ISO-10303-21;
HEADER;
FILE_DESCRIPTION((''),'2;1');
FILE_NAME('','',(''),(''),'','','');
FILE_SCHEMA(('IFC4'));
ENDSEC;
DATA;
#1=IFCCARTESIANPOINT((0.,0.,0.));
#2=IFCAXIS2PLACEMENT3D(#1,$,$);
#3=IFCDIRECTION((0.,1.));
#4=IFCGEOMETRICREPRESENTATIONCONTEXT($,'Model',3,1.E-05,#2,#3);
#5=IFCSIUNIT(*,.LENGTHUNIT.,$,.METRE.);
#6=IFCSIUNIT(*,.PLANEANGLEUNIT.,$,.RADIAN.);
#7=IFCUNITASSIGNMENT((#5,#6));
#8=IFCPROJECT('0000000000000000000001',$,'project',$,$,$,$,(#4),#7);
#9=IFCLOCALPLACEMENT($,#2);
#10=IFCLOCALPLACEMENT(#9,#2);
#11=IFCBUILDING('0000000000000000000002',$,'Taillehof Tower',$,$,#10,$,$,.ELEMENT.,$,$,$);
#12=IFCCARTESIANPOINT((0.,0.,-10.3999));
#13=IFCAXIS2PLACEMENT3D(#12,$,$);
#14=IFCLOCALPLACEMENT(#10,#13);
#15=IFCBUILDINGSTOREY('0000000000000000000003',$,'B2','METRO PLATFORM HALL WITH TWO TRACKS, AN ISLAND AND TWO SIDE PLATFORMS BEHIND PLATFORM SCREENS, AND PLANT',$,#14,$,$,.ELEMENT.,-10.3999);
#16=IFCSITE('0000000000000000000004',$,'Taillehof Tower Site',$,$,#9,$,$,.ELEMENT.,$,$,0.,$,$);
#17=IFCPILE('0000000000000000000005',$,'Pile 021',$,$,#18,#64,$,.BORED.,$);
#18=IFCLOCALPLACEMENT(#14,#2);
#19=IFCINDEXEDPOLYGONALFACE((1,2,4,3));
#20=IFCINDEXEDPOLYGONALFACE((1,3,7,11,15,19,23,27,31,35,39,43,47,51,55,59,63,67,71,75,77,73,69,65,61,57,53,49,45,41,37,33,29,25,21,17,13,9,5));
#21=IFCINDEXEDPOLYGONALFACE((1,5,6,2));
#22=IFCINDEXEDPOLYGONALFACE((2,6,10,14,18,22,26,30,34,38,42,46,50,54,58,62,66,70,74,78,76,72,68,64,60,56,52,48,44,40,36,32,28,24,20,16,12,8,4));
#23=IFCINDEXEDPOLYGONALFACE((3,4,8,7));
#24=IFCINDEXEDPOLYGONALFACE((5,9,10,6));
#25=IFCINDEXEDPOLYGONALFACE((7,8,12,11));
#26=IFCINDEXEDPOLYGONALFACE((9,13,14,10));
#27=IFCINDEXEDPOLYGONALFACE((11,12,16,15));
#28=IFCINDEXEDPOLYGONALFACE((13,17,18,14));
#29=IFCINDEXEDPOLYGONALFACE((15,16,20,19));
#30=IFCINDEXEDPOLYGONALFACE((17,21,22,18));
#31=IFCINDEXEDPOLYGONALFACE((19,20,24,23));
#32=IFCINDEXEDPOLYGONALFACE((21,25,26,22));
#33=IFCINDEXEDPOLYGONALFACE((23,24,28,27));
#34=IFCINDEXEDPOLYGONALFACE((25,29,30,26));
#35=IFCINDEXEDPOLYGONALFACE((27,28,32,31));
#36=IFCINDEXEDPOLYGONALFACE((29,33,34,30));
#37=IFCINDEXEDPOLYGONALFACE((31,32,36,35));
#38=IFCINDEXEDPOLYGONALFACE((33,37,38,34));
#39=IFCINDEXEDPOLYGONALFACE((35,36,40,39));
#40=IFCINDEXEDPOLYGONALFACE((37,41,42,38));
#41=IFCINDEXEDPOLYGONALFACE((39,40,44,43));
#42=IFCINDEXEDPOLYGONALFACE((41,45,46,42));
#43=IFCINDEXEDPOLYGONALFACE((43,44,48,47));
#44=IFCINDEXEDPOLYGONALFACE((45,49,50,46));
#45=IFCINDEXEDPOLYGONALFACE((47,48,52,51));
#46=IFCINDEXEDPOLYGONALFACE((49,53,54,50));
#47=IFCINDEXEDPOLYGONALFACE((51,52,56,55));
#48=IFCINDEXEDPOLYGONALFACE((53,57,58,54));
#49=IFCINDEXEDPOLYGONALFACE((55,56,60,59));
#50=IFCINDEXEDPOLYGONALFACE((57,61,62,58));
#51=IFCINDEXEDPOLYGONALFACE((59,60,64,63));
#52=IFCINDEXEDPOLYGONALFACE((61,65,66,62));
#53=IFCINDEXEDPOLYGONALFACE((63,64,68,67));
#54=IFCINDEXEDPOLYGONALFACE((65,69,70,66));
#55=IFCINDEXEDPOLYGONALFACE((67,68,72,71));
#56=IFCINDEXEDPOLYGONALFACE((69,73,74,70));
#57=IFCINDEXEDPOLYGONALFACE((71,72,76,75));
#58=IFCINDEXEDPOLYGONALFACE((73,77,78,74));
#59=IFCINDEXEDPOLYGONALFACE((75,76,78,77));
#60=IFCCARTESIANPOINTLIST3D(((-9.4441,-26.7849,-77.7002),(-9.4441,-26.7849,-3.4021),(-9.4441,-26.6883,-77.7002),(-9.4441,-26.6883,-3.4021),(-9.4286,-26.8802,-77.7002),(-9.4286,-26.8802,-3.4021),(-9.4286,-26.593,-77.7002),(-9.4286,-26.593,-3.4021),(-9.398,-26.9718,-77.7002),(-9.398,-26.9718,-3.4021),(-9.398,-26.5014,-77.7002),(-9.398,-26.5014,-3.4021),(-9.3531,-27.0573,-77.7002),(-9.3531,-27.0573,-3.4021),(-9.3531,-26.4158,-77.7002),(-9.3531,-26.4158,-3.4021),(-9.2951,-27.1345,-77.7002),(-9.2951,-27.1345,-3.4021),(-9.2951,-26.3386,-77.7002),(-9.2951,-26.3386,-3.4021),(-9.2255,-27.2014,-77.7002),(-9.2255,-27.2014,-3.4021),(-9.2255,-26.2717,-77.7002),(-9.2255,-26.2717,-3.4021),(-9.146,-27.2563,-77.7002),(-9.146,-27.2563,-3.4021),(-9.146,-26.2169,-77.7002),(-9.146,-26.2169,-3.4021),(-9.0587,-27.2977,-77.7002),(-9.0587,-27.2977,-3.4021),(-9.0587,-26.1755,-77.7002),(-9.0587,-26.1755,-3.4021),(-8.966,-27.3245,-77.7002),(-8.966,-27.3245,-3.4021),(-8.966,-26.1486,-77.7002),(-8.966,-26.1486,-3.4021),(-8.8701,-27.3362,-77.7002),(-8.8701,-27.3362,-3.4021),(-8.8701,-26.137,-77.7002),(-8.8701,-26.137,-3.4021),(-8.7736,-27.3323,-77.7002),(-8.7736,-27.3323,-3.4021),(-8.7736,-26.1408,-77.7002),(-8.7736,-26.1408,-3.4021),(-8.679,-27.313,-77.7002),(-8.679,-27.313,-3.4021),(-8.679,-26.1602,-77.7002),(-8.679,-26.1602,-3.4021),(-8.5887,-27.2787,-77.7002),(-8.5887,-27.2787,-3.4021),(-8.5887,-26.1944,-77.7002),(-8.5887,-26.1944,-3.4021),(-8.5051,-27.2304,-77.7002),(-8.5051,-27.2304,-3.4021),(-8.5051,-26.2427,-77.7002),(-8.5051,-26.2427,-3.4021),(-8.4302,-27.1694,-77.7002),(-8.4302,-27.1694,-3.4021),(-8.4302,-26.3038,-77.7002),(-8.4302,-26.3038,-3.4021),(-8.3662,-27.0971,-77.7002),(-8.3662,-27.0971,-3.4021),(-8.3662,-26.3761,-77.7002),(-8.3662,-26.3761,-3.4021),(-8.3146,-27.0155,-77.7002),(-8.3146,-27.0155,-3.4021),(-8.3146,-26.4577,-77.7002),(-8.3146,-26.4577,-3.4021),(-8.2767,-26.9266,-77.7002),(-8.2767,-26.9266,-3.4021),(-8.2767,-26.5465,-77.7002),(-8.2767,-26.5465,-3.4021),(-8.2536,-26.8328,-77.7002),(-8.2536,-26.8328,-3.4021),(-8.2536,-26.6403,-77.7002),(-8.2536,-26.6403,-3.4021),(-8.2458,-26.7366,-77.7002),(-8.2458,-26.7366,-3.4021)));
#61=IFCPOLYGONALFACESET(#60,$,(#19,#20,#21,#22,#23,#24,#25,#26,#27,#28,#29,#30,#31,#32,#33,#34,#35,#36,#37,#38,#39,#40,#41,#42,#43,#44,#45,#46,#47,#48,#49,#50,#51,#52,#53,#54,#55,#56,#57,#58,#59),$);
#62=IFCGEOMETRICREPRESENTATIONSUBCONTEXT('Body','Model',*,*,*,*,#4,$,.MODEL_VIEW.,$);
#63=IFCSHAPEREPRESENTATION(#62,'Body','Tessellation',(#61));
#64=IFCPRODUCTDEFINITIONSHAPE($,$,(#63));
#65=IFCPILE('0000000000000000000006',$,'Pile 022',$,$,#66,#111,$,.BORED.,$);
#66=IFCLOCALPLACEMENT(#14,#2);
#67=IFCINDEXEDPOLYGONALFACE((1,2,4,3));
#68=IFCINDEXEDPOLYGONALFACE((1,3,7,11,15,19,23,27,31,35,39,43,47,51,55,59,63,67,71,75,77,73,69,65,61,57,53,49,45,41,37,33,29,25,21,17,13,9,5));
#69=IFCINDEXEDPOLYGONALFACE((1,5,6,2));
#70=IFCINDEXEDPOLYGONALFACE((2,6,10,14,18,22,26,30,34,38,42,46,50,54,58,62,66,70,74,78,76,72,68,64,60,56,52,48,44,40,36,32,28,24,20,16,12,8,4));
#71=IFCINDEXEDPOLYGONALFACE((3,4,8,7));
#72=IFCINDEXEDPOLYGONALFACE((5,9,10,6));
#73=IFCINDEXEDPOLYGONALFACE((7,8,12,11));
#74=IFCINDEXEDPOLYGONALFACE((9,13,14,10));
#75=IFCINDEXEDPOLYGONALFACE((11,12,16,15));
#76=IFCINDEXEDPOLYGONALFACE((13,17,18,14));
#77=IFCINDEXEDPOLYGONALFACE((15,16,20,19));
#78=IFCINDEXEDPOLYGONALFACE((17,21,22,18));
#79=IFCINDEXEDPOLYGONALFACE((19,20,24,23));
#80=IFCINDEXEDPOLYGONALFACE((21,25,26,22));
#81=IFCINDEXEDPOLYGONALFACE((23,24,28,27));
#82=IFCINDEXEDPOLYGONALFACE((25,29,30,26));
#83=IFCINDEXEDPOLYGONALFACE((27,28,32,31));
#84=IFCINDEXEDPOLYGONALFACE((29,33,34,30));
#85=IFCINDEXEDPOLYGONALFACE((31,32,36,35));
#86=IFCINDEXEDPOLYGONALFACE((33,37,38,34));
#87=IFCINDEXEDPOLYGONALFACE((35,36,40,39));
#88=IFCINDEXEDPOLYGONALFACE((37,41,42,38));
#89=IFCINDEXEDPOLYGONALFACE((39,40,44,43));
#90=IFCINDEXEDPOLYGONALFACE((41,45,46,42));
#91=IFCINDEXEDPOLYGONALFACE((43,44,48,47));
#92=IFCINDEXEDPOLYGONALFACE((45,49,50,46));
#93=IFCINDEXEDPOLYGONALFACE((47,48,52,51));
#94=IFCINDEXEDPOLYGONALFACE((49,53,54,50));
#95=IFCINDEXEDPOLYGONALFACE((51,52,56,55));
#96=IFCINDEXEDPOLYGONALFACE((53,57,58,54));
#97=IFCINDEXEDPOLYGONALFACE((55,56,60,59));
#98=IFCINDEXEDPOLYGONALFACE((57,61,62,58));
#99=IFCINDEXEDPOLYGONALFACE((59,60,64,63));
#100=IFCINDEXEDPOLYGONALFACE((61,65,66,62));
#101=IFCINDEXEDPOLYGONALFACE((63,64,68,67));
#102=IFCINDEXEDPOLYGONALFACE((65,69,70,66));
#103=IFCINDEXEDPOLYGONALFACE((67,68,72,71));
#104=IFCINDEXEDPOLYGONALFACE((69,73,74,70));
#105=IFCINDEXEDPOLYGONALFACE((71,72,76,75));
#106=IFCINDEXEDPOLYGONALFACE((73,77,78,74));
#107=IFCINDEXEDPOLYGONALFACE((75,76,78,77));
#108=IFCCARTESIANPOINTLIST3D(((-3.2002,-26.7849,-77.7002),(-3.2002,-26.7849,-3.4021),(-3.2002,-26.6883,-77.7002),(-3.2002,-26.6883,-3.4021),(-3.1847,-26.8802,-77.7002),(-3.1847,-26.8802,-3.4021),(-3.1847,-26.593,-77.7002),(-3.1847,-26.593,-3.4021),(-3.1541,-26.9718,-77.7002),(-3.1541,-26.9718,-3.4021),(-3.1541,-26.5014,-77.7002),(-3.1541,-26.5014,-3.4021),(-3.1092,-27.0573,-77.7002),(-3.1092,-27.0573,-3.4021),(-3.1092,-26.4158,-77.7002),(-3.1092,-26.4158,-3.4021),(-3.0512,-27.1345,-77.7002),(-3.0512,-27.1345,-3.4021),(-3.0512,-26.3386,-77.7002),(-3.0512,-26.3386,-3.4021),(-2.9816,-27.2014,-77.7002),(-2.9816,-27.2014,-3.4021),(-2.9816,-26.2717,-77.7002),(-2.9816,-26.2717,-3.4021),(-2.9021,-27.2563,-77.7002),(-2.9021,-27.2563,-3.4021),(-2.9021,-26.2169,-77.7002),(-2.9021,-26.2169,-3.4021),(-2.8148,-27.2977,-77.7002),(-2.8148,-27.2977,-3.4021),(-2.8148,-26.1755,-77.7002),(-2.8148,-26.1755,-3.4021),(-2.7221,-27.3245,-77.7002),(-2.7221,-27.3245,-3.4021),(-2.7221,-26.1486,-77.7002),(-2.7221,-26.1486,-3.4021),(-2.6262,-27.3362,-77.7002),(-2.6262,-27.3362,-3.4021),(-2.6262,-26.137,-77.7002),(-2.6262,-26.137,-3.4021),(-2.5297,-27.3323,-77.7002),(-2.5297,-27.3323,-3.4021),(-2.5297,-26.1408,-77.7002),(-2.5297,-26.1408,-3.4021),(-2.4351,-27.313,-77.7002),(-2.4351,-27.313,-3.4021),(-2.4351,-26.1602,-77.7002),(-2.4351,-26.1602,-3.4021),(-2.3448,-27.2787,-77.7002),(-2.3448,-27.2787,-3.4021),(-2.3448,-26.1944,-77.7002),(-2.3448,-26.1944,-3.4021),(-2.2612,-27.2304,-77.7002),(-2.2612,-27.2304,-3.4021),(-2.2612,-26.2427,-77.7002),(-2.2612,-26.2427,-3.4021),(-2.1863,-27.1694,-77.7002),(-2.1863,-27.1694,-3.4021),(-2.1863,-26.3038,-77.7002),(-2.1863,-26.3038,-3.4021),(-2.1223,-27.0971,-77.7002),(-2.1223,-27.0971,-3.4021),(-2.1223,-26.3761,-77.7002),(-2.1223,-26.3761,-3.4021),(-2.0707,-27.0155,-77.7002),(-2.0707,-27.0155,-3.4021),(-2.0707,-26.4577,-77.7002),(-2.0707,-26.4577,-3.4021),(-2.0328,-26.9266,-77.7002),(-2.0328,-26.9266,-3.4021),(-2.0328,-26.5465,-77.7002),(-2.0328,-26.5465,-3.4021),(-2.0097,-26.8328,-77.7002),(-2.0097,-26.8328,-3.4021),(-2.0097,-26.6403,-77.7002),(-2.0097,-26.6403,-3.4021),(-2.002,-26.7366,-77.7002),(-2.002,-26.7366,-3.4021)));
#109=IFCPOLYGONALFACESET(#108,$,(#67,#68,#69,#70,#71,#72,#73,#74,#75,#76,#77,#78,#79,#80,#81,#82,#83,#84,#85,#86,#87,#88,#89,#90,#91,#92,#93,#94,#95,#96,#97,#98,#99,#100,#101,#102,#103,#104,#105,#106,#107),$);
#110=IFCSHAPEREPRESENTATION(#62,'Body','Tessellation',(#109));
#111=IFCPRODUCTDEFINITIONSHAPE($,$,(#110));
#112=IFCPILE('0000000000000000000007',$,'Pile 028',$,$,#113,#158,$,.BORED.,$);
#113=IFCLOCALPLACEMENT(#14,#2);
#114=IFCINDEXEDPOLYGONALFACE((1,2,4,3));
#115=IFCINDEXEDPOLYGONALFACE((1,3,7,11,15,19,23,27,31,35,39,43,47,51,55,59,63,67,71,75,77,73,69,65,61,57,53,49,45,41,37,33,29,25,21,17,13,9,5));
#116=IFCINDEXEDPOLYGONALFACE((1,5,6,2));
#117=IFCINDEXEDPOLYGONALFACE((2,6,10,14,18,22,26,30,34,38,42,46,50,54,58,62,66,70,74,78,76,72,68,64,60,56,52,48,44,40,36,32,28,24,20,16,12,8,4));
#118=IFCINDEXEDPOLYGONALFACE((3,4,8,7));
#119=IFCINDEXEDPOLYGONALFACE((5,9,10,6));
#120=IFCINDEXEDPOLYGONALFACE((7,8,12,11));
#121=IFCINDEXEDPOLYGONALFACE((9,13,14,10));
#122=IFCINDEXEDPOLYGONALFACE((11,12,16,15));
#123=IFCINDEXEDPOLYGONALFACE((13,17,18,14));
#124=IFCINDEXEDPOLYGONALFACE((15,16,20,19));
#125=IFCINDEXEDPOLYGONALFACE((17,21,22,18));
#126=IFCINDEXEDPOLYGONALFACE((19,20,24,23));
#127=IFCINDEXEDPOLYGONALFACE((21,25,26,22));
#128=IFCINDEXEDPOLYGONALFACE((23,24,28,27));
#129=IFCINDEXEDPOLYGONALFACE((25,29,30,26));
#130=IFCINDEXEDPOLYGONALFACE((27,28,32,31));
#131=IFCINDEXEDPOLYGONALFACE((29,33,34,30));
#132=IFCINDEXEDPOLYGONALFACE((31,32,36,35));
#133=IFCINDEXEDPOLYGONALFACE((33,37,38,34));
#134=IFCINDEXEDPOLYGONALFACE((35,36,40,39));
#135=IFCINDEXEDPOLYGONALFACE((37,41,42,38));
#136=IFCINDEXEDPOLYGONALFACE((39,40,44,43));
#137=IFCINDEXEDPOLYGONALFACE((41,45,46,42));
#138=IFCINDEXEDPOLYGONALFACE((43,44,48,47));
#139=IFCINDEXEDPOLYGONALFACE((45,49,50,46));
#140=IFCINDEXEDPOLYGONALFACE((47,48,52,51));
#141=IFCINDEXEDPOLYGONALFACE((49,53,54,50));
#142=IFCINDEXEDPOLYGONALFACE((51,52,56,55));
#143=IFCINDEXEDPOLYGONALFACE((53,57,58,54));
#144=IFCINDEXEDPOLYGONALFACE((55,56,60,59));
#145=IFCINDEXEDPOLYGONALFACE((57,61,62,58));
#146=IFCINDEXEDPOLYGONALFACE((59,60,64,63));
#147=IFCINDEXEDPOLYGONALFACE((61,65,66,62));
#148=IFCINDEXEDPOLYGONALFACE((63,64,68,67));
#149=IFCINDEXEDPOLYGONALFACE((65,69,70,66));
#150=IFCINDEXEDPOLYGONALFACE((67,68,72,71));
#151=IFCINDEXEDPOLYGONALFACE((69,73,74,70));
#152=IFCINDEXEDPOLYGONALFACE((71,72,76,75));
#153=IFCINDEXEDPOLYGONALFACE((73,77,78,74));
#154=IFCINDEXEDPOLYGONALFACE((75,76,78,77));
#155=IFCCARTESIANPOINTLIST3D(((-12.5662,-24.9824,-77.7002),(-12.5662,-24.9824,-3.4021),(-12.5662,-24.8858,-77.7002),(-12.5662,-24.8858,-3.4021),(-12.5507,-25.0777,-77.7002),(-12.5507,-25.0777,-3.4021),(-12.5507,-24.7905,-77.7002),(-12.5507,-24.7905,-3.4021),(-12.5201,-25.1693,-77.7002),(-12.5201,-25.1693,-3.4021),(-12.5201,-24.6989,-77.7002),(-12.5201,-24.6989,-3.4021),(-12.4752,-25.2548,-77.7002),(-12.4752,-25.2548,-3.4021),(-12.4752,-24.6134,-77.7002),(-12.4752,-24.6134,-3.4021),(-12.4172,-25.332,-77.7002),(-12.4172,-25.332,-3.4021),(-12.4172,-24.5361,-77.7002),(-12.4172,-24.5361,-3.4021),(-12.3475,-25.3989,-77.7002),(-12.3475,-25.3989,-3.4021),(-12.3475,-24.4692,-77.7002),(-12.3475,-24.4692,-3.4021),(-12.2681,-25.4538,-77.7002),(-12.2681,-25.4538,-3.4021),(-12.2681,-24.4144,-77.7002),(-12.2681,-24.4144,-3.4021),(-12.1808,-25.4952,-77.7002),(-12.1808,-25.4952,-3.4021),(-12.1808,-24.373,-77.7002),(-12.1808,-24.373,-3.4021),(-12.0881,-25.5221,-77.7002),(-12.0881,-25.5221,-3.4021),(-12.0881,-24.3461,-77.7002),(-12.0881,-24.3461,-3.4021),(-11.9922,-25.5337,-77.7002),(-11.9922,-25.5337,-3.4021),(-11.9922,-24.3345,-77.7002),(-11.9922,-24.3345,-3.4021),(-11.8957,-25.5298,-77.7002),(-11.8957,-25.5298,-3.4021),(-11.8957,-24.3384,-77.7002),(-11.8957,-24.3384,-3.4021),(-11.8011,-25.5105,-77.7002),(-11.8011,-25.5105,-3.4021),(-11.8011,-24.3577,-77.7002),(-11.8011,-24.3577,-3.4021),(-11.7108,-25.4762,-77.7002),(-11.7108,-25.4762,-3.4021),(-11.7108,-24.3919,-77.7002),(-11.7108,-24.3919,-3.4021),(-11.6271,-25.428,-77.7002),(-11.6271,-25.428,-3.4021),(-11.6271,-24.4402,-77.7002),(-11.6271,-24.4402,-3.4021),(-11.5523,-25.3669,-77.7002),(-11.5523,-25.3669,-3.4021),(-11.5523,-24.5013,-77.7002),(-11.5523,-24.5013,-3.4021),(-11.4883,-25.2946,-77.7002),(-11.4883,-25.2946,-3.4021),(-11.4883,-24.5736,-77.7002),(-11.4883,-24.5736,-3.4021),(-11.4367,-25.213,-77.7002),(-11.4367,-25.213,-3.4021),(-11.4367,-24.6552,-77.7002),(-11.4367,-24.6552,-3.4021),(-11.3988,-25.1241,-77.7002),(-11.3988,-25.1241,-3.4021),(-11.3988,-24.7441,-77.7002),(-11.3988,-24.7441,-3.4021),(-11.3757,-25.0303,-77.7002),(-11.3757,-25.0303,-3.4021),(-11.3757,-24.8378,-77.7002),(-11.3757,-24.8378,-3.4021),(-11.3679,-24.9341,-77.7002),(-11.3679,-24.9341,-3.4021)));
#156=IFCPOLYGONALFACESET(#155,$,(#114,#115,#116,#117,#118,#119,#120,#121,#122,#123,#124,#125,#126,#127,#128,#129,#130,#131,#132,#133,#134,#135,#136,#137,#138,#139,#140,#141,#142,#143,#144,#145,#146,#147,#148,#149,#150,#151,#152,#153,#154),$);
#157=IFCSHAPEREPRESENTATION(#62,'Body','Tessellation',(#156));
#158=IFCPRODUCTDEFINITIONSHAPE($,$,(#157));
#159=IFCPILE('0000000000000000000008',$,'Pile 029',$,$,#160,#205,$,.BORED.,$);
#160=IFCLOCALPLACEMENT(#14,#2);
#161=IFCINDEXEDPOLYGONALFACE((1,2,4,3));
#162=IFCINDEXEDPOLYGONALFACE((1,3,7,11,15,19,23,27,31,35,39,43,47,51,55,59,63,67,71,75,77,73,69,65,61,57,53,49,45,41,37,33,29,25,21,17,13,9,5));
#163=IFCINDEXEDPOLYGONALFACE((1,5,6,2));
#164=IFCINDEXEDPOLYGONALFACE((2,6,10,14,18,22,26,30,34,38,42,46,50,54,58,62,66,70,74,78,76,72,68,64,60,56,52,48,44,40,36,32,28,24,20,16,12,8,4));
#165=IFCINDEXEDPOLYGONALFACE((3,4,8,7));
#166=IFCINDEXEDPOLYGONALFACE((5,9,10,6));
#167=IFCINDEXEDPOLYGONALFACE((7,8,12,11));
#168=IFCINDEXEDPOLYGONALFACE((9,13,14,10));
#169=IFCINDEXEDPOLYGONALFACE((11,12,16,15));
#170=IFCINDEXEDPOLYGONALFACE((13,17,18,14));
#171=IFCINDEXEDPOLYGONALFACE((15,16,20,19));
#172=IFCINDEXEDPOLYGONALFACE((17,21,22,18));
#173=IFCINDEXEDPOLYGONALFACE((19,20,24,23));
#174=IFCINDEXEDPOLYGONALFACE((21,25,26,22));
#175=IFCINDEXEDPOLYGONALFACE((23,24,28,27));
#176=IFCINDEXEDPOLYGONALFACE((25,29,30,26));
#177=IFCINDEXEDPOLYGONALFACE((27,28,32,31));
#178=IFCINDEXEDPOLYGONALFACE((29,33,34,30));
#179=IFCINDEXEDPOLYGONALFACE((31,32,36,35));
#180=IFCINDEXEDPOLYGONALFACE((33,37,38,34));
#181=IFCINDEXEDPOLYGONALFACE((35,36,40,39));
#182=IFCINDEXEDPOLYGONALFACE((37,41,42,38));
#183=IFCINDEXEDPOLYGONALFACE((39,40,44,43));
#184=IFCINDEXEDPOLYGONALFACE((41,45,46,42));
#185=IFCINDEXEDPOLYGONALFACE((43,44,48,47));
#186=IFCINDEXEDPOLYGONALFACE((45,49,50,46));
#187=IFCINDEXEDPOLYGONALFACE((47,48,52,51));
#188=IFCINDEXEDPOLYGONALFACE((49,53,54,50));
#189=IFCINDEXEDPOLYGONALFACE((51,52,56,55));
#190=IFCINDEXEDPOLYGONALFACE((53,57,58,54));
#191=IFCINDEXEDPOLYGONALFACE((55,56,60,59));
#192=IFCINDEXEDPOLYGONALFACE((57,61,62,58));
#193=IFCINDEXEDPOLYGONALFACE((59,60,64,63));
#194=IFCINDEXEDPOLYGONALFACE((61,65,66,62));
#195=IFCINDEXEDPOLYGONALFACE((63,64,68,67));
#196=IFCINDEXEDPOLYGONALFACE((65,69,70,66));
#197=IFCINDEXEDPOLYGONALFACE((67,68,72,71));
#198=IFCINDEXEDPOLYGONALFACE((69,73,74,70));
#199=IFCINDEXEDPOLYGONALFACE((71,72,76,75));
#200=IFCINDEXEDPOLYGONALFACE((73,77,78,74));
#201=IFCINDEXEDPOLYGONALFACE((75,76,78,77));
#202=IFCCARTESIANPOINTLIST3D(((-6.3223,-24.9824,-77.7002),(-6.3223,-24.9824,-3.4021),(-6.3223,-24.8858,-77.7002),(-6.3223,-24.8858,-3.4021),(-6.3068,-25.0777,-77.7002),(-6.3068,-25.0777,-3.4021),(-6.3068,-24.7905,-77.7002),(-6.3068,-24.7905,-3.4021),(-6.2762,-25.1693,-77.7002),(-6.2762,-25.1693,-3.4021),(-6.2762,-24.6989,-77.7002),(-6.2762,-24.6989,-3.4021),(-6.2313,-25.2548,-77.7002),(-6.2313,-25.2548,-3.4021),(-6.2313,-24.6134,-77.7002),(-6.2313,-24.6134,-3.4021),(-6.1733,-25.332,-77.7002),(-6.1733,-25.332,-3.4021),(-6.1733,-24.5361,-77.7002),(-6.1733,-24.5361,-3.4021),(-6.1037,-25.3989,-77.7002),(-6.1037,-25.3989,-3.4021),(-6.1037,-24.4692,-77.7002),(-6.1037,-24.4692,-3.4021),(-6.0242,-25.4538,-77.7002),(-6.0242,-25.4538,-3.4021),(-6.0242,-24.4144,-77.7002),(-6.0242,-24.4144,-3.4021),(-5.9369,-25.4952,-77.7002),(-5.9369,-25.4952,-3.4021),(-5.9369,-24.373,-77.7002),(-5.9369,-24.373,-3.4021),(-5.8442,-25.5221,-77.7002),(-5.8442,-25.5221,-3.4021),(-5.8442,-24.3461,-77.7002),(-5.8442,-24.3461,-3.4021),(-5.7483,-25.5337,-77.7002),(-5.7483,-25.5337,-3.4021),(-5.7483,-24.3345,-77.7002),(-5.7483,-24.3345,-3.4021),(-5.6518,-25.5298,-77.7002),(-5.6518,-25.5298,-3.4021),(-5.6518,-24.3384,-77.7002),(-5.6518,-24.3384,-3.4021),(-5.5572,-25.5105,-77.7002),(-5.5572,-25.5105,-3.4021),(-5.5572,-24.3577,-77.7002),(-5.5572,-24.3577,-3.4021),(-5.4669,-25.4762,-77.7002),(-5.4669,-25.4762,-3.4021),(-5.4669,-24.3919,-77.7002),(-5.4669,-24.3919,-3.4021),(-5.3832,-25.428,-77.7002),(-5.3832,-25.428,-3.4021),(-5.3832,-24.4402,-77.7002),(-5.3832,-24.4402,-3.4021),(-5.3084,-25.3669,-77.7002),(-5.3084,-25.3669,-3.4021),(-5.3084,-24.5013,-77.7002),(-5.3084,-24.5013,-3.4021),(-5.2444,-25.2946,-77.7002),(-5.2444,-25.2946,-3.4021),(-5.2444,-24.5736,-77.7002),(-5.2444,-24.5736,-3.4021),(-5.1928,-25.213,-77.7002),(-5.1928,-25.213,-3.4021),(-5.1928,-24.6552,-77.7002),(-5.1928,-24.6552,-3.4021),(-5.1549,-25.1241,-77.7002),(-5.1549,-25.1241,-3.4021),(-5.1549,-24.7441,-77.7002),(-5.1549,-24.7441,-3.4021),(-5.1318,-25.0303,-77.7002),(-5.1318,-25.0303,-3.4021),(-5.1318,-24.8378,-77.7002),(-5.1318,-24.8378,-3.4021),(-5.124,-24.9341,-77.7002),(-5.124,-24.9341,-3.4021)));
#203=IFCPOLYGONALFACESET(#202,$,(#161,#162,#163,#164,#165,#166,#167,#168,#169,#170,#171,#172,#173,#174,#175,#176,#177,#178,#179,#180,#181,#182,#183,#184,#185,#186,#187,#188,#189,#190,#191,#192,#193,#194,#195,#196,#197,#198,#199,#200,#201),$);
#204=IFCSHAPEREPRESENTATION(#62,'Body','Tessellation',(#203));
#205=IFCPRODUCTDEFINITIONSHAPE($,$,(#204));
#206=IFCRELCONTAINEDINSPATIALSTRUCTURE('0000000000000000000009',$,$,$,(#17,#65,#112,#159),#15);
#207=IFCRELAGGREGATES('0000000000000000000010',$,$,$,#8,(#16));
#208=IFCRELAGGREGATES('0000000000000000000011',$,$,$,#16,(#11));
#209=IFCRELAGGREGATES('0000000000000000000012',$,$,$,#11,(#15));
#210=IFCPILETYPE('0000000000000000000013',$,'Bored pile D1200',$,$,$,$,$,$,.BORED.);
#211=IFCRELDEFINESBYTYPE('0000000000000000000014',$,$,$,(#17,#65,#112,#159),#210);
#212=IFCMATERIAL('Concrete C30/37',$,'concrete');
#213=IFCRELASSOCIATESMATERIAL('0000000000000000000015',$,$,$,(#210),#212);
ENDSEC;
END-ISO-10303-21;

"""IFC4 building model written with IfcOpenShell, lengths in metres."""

from ifc_helpers import new_model, si_unit, direction, frame, origin, origin_2d, place, context, subcontext, project, spatial, circle, extrude, material, material_profile, profile_set, type_object, element, save


model = new_model("IFC4")

# Units and contexts
model_context = context("Model", 3, precision=1e-05, world=origin(), true_north=direction((0.0, 1.0)))
body_context = subcontext(model_context, "Body", "Model", "MODEL_VIEW")
ifc_project = project(units=[si_unit("LENGTHUNIT", "METRE"), si_unit("PLANEANGLEUNIT", "RADIAN")], contexts=[model_context])

# Site, building, storey
site_placement = place(None, origin())
site = spatial("IfcSite", under=ifc_project, at=site_placement, Name="Taillehof Tower Site", CompositionType="ELEMENT", RefElevation=0.0)
building_placement = place(site_placement, origin())
building = spatial("IfcBuilding", under=site, at=building_placement, Name="Taillehof Tower", CompositionType="ELEMENT")
storey_placement = place(building_placement, frame((0.0, 0.0, -10.3999)))
storey = spatial("IfcBuildingStorey", under=building, at=storey_placement, Name="B2", Description="METRO PLATFORM HALL WITH TWO TRACKS, AN ISLAND AND TWO SIDE PLATFORMS BEHIND PLATFORM SCREENS, AND PLANT", CompositionType="ELEMENT", Elevation=-10.3999)

# Piles
ifc_material_1 = material(Name="Concrete C30/37", Category="concrete")
ifc_material_profile_1 = material_profile(ifc_material_1, circle(Radius=0.6001, at=origin_2d()), Name="BP D1200")
ifc_profile_set_1 = profile_set([ifc_material_profile_1], Name="Concrete C30/37")
pile_type = type_object("IfcPileType", Name="Bored pile D1200", PredefinedType="BORED", material=ifc_profile_set_1)
for number, where, z_axis, x_axis, name in (
    (1, (-8.8459, -26.7366, -3.4021), (0.0, 0.0, -1.0), (1.0, 0.0, 0.0), "Pile 021"),
    (2, (-2.6021, -26.7366, -3.4021), (0.0, 0.0, -1.0), (1.0, 0.0, 0.0), "Pile 022"),
    (3, (-11.968, -24.9341, -3.4021), (0.0, 0.0, -1.0), (1.0, 0.0, 0.0), "Pile 028"),
    (4, (-5.7241, -24.9341, -3.4021), (0.0, 0.0, -1.0), (1.0, 0.0, 0.0), "Pile 029"),
):
    element("IfcPile", number, at=place(storey_placement, frame(where, z_axis=z_axis, x_axis=x_axis)), inside=storey, type_object=pile_type, Name=name, PredefinedType="BORED", context=body_context, shape_type="SweptSolid", body=[
        extrude(circle(Radius=0.6001, at=origin_2d()), origin(), (0.0, 0.0, 1.0), 74.2981),
    ])

save(model, "model.ifc")
